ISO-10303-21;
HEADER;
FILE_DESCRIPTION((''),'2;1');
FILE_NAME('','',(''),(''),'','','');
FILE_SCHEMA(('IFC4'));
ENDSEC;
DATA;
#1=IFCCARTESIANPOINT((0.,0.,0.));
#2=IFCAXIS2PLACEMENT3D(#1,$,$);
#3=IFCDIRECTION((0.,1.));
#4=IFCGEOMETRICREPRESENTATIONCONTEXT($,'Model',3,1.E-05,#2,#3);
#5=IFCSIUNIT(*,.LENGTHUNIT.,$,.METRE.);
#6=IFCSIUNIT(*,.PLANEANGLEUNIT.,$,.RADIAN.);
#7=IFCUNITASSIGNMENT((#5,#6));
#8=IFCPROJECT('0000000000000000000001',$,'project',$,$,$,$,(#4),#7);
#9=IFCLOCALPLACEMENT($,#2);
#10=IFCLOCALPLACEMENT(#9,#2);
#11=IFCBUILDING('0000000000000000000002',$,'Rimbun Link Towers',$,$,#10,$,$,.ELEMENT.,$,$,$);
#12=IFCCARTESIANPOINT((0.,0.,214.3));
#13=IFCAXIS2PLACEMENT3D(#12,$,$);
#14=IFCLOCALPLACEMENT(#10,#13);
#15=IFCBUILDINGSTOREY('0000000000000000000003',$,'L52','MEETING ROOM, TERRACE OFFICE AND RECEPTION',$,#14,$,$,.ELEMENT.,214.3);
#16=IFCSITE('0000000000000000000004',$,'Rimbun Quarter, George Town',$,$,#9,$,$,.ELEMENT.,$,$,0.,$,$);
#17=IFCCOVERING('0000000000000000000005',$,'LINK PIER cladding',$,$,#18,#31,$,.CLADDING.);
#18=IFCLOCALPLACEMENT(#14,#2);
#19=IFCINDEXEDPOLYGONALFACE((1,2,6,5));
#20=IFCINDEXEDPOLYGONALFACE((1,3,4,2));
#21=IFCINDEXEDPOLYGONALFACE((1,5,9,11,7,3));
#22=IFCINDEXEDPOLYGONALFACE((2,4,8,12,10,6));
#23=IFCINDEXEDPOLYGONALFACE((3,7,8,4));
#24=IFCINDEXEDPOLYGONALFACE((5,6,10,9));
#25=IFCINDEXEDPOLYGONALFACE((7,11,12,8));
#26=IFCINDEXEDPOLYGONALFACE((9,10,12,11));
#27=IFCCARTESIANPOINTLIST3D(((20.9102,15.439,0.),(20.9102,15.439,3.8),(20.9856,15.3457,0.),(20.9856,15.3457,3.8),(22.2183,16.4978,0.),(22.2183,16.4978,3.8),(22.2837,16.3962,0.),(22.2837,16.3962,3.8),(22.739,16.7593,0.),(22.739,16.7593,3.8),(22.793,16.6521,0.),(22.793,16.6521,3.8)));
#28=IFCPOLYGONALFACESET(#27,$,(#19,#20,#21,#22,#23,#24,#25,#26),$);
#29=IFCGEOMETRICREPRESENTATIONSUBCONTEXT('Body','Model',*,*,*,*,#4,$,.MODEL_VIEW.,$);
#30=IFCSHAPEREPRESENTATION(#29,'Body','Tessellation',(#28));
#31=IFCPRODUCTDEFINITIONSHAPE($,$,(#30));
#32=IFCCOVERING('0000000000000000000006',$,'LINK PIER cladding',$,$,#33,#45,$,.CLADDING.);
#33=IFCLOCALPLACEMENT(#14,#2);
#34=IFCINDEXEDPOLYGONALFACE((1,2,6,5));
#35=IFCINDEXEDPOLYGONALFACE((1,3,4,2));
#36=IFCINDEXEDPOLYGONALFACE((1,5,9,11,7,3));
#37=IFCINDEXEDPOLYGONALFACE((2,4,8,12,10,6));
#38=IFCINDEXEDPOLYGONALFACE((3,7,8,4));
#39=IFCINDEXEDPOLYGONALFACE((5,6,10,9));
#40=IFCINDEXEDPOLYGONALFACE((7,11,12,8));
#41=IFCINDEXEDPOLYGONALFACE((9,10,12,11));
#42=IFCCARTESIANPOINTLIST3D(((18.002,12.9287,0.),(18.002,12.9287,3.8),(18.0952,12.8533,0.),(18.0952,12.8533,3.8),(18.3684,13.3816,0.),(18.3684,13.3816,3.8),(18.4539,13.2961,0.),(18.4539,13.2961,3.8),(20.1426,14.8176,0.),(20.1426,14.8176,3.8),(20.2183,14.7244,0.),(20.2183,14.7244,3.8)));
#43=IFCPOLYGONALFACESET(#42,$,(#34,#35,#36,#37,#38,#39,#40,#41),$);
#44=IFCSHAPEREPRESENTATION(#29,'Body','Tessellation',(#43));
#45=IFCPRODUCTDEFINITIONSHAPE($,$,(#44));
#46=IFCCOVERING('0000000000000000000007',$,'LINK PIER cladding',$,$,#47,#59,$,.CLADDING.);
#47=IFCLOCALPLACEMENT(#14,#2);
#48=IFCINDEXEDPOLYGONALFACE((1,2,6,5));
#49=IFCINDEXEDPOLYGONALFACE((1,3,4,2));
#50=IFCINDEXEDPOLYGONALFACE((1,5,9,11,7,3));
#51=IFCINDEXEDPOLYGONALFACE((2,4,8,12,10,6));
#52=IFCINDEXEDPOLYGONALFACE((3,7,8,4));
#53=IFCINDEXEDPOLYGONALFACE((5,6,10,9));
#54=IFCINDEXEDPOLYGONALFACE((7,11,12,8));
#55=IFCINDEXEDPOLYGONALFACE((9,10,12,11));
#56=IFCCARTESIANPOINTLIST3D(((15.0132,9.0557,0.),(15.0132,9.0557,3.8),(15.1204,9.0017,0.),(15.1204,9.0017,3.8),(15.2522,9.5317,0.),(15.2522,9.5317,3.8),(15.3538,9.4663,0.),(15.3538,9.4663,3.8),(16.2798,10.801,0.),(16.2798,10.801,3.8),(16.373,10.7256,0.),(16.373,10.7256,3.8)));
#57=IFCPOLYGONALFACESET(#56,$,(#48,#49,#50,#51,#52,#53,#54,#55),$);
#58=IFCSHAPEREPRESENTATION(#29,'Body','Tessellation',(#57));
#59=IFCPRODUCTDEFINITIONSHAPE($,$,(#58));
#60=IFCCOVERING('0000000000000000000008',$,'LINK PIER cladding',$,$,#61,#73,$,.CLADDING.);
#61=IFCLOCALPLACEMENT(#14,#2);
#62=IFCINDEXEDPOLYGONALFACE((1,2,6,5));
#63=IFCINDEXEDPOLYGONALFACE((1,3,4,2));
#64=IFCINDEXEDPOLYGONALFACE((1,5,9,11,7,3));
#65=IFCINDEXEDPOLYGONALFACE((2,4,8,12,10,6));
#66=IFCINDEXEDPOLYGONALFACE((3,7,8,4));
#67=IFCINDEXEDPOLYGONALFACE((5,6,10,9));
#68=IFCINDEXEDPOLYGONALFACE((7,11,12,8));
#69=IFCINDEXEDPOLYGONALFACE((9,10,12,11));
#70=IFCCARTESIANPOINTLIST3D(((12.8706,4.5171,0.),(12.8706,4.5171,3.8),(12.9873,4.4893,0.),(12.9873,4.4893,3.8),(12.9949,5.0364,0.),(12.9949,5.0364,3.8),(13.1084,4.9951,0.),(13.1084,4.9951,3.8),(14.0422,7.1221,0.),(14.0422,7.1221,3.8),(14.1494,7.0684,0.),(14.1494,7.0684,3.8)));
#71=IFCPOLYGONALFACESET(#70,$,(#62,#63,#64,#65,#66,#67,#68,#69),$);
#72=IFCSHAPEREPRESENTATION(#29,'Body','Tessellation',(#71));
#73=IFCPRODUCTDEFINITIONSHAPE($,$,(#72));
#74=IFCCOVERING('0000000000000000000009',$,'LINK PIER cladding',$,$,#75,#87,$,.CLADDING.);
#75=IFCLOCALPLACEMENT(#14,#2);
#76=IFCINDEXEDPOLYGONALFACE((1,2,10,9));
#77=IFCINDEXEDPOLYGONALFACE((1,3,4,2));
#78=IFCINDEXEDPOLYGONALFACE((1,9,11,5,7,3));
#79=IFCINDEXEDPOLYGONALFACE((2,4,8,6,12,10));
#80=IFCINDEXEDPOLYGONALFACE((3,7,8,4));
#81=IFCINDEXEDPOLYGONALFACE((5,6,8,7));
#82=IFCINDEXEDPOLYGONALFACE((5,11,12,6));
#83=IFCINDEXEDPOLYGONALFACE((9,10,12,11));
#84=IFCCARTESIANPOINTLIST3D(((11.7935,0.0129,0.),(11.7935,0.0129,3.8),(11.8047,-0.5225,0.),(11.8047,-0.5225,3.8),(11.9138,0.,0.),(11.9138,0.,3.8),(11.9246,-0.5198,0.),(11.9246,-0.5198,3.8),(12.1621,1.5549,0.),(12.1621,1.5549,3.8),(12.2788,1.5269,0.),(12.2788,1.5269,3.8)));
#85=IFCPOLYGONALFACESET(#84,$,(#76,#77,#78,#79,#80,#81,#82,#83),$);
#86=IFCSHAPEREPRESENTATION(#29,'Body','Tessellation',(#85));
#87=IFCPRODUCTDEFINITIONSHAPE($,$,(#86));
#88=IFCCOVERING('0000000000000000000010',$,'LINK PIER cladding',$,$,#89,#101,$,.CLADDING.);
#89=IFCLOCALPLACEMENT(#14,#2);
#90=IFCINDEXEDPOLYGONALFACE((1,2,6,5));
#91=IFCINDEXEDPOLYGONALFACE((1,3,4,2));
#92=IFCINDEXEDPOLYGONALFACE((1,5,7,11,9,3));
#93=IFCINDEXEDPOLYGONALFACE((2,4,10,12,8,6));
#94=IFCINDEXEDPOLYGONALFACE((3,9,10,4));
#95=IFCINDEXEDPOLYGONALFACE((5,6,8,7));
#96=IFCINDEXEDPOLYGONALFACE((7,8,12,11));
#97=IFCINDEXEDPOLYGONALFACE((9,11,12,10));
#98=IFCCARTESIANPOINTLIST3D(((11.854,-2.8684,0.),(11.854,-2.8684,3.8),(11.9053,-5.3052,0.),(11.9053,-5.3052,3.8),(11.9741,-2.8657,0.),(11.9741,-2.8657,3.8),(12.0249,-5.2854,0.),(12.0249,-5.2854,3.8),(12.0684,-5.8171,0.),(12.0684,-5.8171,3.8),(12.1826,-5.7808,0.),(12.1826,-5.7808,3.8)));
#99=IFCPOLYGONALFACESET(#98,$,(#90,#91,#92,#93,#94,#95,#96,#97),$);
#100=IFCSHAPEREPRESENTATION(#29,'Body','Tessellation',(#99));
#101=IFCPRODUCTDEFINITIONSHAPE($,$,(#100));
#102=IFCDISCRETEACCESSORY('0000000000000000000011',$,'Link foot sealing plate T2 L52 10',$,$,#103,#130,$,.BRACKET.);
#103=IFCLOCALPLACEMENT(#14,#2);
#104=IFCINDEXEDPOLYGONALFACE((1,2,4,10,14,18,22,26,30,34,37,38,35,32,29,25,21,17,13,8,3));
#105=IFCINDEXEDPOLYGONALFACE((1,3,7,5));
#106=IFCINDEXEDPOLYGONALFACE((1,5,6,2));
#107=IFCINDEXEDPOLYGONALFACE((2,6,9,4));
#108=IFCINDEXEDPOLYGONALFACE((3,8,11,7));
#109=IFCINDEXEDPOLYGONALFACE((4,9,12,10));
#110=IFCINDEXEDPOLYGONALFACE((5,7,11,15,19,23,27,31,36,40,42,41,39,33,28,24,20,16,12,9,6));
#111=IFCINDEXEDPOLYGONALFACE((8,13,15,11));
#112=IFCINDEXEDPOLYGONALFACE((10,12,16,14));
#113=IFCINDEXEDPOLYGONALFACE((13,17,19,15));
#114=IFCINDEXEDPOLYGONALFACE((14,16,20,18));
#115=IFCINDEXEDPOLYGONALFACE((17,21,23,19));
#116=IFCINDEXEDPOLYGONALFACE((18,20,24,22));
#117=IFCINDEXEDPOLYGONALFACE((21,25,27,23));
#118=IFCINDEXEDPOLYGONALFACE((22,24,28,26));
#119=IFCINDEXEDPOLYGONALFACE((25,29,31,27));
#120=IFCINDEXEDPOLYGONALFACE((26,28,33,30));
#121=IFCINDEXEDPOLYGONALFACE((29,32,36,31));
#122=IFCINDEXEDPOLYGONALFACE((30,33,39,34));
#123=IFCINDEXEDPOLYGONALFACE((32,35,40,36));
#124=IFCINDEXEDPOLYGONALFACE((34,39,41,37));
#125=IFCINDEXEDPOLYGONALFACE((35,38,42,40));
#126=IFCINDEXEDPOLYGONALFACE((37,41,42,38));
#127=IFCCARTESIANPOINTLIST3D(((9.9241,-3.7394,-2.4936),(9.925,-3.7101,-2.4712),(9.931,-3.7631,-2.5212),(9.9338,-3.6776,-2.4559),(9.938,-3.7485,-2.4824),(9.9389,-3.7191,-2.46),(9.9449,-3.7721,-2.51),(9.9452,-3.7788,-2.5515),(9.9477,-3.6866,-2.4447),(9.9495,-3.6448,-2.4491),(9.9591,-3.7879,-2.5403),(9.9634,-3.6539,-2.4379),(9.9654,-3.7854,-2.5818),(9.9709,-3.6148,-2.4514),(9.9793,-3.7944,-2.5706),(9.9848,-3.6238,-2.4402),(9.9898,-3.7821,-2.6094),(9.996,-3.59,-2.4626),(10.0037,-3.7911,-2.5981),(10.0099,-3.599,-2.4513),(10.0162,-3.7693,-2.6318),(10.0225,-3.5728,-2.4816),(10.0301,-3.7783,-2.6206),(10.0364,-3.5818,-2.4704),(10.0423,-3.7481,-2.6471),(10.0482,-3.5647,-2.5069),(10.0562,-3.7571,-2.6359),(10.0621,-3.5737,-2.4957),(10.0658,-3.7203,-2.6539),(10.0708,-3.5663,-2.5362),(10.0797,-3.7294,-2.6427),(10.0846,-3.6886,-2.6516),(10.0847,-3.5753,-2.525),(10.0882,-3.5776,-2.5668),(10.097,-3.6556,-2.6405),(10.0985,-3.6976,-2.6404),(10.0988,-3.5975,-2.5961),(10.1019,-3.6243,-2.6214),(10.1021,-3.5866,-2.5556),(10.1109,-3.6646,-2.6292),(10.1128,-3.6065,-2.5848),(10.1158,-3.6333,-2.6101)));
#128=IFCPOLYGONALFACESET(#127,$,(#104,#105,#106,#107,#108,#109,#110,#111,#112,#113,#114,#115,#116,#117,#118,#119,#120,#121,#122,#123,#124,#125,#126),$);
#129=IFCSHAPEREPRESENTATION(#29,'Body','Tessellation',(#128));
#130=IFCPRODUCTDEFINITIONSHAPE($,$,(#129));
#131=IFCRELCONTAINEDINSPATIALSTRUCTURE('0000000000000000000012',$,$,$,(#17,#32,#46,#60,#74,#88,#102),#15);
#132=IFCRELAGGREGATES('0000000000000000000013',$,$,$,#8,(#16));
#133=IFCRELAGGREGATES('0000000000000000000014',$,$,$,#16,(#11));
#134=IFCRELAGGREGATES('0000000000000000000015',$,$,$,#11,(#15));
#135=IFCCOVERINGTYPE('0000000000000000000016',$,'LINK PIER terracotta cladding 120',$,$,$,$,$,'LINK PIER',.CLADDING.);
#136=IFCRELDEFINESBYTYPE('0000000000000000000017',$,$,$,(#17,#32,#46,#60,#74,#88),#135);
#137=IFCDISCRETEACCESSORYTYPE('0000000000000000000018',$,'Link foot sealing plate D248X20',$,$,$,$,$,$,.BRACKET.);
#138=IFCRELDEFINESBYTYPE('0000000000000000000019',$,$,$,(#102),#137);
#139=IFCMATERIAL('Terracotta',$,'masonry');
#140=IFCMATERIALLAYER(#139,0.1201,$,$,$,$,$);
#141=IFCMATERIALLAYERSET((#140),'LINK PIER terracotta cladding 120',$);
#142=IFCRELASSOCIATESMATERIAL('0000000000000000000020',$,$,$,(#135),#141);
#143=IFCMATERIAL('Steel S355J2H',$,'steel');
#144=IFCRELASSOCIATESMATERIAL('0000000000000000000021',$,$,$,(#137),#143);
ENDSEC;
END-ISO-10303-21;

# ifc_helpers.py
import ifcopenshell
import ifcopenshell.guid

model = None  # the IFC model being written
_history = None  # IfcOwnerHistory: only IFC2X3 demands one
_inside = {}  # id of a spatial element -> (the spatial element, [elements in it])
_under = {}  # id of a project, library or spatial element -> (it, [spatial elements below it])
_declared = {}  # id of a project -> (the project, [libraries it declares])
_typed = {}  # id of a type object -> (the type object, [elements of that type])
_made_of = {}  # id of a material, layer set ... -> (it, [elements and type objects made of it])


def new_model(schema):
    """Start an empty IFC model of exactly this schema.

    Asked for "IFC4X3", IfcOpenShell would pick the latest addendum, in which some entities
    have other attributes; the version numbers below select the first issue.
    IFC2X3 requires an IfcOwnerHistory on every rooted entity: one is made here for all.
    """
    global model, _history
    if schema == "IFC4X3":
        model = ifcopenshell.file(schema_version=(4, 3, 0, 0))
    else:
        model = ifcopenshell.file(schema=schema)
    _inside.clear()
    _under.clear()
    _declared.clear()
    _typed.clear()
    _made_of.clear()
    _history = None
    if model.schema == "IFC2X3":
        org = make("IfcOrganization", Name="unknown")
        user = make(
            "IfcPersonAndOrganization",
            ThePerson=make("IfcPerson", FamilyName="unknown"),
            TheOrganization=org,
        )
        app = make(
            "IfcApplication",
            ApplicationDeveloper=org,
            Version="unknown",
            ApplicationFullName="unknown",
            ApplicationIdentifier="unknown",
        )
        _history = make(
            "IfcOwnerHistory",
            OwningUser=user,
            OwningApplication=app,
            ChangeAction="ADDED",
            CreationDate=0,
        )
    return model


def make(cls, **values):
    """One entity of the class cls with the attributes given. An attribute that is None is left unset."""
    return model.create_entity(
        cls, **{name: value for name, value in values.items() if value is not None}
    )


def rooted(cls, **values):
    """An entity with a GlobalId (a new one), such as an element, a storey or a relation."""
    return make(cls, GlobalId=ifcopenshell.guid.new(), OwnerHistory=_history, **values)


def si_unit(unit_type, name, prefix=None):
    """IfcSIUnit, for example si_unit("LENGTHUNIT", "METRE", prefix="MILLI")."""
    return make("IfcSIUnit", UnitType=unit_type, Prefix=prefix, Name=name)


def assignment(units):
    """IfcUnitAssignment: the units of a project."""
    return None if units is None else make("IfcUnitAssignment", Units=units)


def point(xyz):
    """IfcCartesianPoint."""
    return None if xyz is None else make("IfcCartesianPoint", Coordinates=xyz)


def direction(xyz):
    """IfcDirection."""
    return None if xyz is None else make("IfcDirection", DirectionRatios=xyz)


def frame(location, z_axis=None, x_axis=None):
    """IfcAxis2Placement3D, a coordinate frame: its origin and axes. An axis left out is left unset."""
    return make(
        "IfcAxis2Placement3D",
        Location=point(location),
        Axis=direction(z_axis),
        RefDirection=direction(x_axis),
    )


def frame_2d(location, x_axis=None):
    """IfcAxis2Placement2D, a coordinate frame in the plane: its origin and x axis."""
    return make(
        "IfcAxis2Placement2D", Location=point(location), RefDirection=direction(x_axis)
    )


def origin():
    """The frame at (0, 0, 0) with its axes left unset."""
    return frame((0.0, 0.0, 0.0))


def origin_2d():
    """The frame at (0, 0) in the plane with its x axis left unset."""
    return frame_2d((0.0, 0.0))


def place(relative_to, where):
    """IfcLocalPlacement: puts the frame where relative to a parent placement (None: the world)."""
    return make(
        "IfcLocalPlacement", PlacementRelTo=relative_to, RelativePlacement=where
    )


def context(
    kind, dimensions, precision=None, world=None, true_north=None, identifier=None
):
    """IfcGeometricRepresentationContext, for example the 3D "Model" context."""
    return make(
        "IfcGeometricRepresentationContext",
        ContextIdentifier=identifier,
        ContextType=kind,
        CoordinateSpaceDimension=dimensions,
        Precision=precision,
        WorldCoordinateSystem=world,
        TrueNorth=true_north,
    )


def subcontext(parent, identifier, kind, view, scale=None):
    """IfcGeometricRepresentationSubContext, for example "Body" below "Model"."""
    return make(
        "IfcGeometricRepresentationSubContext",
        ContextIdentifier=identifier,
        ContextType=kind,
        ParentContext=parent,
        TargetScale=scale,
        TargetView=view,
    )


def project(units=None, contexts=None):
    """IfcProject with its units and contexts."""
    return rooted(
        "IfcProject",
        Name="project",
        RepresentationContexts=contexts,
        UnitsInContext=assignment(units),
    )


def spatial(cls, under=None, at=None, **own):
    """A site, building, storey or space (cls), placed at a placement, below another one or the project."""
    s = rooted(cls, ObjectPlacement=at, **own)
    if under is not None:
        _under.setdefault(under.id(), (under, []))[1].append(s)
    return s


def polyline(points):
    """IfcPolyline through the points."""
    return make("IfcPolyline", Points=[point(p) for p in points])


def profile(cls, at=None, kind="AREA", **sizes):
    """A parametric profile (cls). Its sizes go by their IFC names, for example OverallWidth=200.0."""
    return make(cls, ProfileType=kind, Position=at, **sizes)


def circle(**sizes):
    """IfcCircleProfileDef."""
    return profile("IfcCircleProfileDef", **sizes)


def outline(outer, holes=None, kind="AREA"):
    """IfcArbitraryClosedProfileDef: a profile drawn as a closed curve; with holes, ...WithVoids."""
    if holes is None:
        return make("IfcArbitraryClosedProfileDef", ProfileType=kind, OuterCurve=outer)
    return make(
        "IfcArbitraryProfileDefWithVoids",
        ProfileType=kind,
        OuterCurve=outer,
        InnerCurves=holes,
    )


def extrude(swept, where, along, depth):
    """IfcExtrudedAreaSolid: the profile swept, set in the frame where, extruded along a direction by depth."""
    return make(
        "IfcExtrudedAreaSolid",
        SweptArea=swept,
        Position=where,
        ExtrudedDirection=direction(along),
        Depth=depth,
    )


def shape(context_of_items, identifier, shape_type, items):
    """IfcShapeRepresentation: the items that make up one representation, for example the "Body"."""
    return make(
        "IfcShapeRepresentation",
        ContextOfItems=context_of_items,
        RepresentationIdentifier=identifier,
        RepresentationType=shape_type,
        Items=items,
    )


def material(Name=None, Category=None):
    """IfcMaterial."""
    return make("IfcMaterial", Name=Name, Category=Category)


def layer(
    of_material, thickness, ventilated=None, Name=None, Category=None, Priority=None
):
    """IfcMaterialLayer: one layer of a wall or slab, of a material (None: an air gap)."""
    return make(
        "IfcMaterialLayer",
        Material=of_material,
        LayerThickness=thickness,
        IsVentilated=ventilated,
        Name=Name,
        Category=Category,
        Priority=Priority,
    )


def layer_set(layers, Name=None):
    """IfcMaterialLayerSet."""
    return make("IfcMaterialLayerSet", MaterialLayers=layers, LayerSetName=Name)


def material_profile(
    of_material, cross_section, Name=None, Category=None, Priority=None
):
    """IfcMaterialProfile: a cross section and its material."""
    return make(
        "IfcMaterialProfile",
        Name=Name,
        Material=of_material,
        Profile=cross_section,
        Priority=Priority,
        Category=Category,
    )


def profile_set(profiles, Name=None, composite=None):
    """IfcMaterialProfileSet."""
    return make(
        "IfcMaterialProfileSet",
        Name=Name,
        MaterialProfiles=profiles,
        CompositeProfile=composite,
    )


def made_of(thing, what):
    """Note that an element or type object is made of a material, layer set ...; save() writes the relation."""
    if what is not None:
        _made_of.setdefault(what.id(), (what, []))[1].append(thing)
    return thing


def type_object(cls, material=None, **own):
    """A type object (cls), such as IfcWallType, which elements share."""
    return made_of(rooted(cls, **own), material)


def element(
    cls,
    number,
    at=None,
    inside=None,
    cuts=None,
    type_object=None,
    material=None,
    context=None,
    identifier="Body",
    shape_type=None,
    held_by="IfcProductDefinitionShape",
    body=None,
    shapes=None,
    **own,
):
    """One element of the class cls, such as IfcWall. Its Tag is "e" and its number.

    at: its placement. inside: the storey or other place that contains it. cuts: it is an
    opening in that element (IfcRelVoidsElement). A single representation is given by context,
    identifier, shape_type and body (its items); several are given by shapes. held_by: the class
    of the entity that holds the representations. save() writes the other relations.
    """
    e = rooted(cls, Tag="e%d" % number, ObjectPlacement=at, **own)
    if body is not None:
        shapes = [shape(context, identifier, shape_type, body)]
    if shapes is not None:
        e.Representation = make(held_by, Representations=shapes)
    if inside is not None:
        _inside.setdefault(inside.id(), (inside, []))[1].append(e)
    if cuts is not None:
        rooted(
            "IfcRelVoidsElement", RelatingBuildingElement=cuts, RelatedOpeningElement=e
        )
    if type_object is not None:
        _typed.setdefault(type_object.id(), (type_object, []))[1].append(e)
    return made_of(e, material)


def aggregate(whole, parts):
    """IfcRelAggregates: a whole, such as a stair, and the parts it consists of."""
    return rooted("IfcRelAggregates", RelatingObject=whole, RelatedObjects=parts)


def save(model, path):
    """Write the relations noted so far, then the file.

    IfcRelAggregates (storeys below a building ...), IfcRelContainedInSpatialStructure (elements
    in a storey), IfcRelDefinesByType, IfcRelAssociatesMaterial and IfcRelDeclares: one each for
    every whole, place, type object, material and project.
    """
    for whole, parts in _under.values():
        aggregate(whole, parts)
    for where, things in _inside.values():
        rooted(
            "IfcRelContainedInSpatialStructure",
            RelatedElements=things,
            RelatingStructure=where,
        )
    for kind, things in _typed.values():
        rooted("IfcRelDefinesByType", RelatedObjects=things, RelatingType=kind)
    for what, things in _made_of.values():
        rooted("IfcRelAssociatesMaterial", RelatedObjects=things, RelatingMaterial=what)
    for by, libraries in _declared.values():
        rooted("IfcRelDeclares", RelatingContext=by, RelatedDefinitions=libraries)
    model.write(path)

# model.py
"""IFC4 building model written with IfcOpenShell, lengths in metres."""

from ifc_helpers import new_model, si_unit, direction, frame, origin, origin_2d, place, context, subcontext, project, spatial, polyline, circle, outline, extrude, material, layer, layer_set, material_profile, profile_set, type_object, element, save


model = new_model("IFC4")

# Units and contexts
model_context = context("Model", 3, precision=1e-05, world=origin(), true_north=direction((0.0, 1.0)))
body_context = subcontext(model_context, "Body", "Model", "MODEL_VIEW")
ifc_project = project(units=[si_unit("LENGTHUNIT", "METRE"), si_unit("PLANEANGLEUNIT", "RADIAN")], contexts=[model_context])

# Site, building, storey
site_placement = place(None, origin())
site = spatial("IfcSite", under=ifc_project, at=site_placement, Name="Rimbun Quarter, George Town", CompositionType="ELEMENT", RefElevation=0.0)
building_placement = place(site_placement, origin())
building = spatial("IfcBuilding", under=site, at=building_placement, Name="Rimbun Link Towers", CompositionType="ELEMENT")
storey_placement = place(building_placement, frame((0.0, 0.0, 214.3)))
storey = spatial("IfcBuildingStorey", under=building, at=storey_placement, Name="L52", Description="MEETING ROOM, TERRACE OFFICE AND RECEPTION", CompositionType="ELEMENT", Elevation=214.3)

# Coverings
ifc_material_1 = material(Name="Terracotta", Category="masonry")
ifc_layer_1 = layer(ifc_material_1, 0.1201)
ifc_layer_set_1 = layer_set([ifc_layer_1], Name="LINK PIER terracotta cladding 120")
covering_type_1 = type_object("IfcCoveringType", Name="LINK PIER terracotta cladding 120", ElementType="LINK PIER", PredefinedType="CLADDING", material=ifc_layer_set_1)
covering_1_placement = place(storey_placement, origin())
element("IfcCovering", 1, at=covering_1_placement, inside=storey, type_object=covering_type_1, Name="LINK PIER cladding", PredefinedType="CLADDING", context=body_context, shape_type="SweptSolid", body=[
    extrude(outline(polyline([(20.9856, 15.3457), (22.2837, 16.3962), (22.793, 16.6521), (22.739, 16.7593), (22.2183, 16.4978), (20.9102, 15.439), (20.9856, 15.3457)])), origin(), (0.0, 0.0, 1.0), 3.8),
])
covering_2_placement = place(storey_placement, origin())
element("IfcCovering", 2, at=covering_2_placement, inside=storey, type_object=covering_type_1, Name="LINK PIER cladding", PredefinedType="CLADDING", context=body_context, shape_type="SweptSolid", body=[
    extrude(outline(polyline([(18.0952, 12.8533), (18.4539, 13.2961), (20.2183, 14.7244), (20.1426, 14.8176), (18.3684, 13.3816), (18.002, 12.9287), (18.0952, 12.8533)])), origin(), (0.0, 0.0, 1.0), 3.8),
])
covering_3_placement = place(storey_placement, origin())
element("IfcCovering", 3, at=covering_3_placement, inside=storey, type_object=covering_type_1, Name="LINK PIER cladding", PredefinedType="CLADDING", context=body_context, shape_type="SweptSolid", body=[
    extrude(outline(polyline([(15.1204, 9.0017), (15.3538, 9.4663), (16.373, 10.7256), (16.2798, 10.801), (15.2522, 9.5317), (15.0132, 9.0557), (15.1204, 9.0017)])), origin(), (0.0, 0.0, 1.0), 3.8),
])
covering_4_placement = place(storey_placement, origin())
element("IfcCovering", 4, at=covering_4_placement, inside=storey, type_object=covering_type_1, Name="LINK PIER cladding", PredefinedType="CLADDING", context=body_context, shape_type="SweptSolid", body=[
    extrude(outline(polyline([(12.9873, 4.4893), (13.1084, 4.9951), (14.1494, 7.0684), (14.0422, 7.1221), (12.9949, 5.0364), (12.8706, 4.5171), (12.9873, 4.4893)])), origin(), (0.0, 0.0, 1.0), 3.8),
])
covering_5_placement = place(storey_placement, origin())
element("IfcCovering", 5, at=covering_5_placement, inside=storey, type_object=covering_type_1, Name="LINK PIER cladding", PredefinedType="CLADDING", context=body_context, shape_type="SweptSolid", body=[
    extrude(outline(polyline([(11.9246, -0.5198), (11.9138, 0.0), (12.2788, 1.5269), (12.1621, 1.5549), (11.7935, 0.0129), (11.8047, -0.5225), (11.9246, -0.5198)])), origin(), (0.0, 0.0, 1.0), 3.8),
])
covering_6_placement = place(storey_placement, origin())
element("IfcCovering", 6, at=covering_6_placement, inside=storey, type_object=covering_type_1, Name="LINK PIER cladding", PredefinedType="CLADDING", context=body_context, shape_type="SweptSolid", body=[
    extrude(outline(polyline([(12.1826, -5.7808), (12.0249, -5.2854), (11.9741, -2.8657), (11.854, -2.8684), (11.9053, -5.3052), (12.0684, -5.8171), (12.1826, -5.7808)])), origin(), (0.0, 0.0, 1.0), 3.8),
])

# Discrete accessory
ifc_material_2 = material(Name="Steel S355J2H", Category="steel")
ifc_material_profile_1 = material_profile(ifc_material_2, circle(Radius=0.124, at=origin_2d()), Name="PL D248")
ifc_profile_set_1 = profile_set([ifc_material_profile_1], Name="Steel S355J2H")
discrete_accessory_type = type_object("IfcDiscreteAccessoryType", Name="Link foot sealing plate D248X20", PredefinedType="BRACKET", material=ifc_profile_set_1)
discrete_accessory_placement = place(storey_placement, frame((10.0266, -3.6838, -2.5403), z_axis=(-0.694606, 0.450884, -0.560559), x_axis=(-0.544471, -0.83878, 0.0)))
element("IfcDiscreteAccessory", 7, at=discrete_accessory_placement, inside=storey, type_object=discrete_accessory_type, Name="Link foot sealing plate T2 L52 10", PredefinedType="BRACKET", context=body_context, shape_type="SweptSolid", body=[
    extrude(circle(Radius=0.124, at=origin_2d()), origin(), (0.0, 0.0, 1.0), 0.02),
])

save(model, "model.ifc")
